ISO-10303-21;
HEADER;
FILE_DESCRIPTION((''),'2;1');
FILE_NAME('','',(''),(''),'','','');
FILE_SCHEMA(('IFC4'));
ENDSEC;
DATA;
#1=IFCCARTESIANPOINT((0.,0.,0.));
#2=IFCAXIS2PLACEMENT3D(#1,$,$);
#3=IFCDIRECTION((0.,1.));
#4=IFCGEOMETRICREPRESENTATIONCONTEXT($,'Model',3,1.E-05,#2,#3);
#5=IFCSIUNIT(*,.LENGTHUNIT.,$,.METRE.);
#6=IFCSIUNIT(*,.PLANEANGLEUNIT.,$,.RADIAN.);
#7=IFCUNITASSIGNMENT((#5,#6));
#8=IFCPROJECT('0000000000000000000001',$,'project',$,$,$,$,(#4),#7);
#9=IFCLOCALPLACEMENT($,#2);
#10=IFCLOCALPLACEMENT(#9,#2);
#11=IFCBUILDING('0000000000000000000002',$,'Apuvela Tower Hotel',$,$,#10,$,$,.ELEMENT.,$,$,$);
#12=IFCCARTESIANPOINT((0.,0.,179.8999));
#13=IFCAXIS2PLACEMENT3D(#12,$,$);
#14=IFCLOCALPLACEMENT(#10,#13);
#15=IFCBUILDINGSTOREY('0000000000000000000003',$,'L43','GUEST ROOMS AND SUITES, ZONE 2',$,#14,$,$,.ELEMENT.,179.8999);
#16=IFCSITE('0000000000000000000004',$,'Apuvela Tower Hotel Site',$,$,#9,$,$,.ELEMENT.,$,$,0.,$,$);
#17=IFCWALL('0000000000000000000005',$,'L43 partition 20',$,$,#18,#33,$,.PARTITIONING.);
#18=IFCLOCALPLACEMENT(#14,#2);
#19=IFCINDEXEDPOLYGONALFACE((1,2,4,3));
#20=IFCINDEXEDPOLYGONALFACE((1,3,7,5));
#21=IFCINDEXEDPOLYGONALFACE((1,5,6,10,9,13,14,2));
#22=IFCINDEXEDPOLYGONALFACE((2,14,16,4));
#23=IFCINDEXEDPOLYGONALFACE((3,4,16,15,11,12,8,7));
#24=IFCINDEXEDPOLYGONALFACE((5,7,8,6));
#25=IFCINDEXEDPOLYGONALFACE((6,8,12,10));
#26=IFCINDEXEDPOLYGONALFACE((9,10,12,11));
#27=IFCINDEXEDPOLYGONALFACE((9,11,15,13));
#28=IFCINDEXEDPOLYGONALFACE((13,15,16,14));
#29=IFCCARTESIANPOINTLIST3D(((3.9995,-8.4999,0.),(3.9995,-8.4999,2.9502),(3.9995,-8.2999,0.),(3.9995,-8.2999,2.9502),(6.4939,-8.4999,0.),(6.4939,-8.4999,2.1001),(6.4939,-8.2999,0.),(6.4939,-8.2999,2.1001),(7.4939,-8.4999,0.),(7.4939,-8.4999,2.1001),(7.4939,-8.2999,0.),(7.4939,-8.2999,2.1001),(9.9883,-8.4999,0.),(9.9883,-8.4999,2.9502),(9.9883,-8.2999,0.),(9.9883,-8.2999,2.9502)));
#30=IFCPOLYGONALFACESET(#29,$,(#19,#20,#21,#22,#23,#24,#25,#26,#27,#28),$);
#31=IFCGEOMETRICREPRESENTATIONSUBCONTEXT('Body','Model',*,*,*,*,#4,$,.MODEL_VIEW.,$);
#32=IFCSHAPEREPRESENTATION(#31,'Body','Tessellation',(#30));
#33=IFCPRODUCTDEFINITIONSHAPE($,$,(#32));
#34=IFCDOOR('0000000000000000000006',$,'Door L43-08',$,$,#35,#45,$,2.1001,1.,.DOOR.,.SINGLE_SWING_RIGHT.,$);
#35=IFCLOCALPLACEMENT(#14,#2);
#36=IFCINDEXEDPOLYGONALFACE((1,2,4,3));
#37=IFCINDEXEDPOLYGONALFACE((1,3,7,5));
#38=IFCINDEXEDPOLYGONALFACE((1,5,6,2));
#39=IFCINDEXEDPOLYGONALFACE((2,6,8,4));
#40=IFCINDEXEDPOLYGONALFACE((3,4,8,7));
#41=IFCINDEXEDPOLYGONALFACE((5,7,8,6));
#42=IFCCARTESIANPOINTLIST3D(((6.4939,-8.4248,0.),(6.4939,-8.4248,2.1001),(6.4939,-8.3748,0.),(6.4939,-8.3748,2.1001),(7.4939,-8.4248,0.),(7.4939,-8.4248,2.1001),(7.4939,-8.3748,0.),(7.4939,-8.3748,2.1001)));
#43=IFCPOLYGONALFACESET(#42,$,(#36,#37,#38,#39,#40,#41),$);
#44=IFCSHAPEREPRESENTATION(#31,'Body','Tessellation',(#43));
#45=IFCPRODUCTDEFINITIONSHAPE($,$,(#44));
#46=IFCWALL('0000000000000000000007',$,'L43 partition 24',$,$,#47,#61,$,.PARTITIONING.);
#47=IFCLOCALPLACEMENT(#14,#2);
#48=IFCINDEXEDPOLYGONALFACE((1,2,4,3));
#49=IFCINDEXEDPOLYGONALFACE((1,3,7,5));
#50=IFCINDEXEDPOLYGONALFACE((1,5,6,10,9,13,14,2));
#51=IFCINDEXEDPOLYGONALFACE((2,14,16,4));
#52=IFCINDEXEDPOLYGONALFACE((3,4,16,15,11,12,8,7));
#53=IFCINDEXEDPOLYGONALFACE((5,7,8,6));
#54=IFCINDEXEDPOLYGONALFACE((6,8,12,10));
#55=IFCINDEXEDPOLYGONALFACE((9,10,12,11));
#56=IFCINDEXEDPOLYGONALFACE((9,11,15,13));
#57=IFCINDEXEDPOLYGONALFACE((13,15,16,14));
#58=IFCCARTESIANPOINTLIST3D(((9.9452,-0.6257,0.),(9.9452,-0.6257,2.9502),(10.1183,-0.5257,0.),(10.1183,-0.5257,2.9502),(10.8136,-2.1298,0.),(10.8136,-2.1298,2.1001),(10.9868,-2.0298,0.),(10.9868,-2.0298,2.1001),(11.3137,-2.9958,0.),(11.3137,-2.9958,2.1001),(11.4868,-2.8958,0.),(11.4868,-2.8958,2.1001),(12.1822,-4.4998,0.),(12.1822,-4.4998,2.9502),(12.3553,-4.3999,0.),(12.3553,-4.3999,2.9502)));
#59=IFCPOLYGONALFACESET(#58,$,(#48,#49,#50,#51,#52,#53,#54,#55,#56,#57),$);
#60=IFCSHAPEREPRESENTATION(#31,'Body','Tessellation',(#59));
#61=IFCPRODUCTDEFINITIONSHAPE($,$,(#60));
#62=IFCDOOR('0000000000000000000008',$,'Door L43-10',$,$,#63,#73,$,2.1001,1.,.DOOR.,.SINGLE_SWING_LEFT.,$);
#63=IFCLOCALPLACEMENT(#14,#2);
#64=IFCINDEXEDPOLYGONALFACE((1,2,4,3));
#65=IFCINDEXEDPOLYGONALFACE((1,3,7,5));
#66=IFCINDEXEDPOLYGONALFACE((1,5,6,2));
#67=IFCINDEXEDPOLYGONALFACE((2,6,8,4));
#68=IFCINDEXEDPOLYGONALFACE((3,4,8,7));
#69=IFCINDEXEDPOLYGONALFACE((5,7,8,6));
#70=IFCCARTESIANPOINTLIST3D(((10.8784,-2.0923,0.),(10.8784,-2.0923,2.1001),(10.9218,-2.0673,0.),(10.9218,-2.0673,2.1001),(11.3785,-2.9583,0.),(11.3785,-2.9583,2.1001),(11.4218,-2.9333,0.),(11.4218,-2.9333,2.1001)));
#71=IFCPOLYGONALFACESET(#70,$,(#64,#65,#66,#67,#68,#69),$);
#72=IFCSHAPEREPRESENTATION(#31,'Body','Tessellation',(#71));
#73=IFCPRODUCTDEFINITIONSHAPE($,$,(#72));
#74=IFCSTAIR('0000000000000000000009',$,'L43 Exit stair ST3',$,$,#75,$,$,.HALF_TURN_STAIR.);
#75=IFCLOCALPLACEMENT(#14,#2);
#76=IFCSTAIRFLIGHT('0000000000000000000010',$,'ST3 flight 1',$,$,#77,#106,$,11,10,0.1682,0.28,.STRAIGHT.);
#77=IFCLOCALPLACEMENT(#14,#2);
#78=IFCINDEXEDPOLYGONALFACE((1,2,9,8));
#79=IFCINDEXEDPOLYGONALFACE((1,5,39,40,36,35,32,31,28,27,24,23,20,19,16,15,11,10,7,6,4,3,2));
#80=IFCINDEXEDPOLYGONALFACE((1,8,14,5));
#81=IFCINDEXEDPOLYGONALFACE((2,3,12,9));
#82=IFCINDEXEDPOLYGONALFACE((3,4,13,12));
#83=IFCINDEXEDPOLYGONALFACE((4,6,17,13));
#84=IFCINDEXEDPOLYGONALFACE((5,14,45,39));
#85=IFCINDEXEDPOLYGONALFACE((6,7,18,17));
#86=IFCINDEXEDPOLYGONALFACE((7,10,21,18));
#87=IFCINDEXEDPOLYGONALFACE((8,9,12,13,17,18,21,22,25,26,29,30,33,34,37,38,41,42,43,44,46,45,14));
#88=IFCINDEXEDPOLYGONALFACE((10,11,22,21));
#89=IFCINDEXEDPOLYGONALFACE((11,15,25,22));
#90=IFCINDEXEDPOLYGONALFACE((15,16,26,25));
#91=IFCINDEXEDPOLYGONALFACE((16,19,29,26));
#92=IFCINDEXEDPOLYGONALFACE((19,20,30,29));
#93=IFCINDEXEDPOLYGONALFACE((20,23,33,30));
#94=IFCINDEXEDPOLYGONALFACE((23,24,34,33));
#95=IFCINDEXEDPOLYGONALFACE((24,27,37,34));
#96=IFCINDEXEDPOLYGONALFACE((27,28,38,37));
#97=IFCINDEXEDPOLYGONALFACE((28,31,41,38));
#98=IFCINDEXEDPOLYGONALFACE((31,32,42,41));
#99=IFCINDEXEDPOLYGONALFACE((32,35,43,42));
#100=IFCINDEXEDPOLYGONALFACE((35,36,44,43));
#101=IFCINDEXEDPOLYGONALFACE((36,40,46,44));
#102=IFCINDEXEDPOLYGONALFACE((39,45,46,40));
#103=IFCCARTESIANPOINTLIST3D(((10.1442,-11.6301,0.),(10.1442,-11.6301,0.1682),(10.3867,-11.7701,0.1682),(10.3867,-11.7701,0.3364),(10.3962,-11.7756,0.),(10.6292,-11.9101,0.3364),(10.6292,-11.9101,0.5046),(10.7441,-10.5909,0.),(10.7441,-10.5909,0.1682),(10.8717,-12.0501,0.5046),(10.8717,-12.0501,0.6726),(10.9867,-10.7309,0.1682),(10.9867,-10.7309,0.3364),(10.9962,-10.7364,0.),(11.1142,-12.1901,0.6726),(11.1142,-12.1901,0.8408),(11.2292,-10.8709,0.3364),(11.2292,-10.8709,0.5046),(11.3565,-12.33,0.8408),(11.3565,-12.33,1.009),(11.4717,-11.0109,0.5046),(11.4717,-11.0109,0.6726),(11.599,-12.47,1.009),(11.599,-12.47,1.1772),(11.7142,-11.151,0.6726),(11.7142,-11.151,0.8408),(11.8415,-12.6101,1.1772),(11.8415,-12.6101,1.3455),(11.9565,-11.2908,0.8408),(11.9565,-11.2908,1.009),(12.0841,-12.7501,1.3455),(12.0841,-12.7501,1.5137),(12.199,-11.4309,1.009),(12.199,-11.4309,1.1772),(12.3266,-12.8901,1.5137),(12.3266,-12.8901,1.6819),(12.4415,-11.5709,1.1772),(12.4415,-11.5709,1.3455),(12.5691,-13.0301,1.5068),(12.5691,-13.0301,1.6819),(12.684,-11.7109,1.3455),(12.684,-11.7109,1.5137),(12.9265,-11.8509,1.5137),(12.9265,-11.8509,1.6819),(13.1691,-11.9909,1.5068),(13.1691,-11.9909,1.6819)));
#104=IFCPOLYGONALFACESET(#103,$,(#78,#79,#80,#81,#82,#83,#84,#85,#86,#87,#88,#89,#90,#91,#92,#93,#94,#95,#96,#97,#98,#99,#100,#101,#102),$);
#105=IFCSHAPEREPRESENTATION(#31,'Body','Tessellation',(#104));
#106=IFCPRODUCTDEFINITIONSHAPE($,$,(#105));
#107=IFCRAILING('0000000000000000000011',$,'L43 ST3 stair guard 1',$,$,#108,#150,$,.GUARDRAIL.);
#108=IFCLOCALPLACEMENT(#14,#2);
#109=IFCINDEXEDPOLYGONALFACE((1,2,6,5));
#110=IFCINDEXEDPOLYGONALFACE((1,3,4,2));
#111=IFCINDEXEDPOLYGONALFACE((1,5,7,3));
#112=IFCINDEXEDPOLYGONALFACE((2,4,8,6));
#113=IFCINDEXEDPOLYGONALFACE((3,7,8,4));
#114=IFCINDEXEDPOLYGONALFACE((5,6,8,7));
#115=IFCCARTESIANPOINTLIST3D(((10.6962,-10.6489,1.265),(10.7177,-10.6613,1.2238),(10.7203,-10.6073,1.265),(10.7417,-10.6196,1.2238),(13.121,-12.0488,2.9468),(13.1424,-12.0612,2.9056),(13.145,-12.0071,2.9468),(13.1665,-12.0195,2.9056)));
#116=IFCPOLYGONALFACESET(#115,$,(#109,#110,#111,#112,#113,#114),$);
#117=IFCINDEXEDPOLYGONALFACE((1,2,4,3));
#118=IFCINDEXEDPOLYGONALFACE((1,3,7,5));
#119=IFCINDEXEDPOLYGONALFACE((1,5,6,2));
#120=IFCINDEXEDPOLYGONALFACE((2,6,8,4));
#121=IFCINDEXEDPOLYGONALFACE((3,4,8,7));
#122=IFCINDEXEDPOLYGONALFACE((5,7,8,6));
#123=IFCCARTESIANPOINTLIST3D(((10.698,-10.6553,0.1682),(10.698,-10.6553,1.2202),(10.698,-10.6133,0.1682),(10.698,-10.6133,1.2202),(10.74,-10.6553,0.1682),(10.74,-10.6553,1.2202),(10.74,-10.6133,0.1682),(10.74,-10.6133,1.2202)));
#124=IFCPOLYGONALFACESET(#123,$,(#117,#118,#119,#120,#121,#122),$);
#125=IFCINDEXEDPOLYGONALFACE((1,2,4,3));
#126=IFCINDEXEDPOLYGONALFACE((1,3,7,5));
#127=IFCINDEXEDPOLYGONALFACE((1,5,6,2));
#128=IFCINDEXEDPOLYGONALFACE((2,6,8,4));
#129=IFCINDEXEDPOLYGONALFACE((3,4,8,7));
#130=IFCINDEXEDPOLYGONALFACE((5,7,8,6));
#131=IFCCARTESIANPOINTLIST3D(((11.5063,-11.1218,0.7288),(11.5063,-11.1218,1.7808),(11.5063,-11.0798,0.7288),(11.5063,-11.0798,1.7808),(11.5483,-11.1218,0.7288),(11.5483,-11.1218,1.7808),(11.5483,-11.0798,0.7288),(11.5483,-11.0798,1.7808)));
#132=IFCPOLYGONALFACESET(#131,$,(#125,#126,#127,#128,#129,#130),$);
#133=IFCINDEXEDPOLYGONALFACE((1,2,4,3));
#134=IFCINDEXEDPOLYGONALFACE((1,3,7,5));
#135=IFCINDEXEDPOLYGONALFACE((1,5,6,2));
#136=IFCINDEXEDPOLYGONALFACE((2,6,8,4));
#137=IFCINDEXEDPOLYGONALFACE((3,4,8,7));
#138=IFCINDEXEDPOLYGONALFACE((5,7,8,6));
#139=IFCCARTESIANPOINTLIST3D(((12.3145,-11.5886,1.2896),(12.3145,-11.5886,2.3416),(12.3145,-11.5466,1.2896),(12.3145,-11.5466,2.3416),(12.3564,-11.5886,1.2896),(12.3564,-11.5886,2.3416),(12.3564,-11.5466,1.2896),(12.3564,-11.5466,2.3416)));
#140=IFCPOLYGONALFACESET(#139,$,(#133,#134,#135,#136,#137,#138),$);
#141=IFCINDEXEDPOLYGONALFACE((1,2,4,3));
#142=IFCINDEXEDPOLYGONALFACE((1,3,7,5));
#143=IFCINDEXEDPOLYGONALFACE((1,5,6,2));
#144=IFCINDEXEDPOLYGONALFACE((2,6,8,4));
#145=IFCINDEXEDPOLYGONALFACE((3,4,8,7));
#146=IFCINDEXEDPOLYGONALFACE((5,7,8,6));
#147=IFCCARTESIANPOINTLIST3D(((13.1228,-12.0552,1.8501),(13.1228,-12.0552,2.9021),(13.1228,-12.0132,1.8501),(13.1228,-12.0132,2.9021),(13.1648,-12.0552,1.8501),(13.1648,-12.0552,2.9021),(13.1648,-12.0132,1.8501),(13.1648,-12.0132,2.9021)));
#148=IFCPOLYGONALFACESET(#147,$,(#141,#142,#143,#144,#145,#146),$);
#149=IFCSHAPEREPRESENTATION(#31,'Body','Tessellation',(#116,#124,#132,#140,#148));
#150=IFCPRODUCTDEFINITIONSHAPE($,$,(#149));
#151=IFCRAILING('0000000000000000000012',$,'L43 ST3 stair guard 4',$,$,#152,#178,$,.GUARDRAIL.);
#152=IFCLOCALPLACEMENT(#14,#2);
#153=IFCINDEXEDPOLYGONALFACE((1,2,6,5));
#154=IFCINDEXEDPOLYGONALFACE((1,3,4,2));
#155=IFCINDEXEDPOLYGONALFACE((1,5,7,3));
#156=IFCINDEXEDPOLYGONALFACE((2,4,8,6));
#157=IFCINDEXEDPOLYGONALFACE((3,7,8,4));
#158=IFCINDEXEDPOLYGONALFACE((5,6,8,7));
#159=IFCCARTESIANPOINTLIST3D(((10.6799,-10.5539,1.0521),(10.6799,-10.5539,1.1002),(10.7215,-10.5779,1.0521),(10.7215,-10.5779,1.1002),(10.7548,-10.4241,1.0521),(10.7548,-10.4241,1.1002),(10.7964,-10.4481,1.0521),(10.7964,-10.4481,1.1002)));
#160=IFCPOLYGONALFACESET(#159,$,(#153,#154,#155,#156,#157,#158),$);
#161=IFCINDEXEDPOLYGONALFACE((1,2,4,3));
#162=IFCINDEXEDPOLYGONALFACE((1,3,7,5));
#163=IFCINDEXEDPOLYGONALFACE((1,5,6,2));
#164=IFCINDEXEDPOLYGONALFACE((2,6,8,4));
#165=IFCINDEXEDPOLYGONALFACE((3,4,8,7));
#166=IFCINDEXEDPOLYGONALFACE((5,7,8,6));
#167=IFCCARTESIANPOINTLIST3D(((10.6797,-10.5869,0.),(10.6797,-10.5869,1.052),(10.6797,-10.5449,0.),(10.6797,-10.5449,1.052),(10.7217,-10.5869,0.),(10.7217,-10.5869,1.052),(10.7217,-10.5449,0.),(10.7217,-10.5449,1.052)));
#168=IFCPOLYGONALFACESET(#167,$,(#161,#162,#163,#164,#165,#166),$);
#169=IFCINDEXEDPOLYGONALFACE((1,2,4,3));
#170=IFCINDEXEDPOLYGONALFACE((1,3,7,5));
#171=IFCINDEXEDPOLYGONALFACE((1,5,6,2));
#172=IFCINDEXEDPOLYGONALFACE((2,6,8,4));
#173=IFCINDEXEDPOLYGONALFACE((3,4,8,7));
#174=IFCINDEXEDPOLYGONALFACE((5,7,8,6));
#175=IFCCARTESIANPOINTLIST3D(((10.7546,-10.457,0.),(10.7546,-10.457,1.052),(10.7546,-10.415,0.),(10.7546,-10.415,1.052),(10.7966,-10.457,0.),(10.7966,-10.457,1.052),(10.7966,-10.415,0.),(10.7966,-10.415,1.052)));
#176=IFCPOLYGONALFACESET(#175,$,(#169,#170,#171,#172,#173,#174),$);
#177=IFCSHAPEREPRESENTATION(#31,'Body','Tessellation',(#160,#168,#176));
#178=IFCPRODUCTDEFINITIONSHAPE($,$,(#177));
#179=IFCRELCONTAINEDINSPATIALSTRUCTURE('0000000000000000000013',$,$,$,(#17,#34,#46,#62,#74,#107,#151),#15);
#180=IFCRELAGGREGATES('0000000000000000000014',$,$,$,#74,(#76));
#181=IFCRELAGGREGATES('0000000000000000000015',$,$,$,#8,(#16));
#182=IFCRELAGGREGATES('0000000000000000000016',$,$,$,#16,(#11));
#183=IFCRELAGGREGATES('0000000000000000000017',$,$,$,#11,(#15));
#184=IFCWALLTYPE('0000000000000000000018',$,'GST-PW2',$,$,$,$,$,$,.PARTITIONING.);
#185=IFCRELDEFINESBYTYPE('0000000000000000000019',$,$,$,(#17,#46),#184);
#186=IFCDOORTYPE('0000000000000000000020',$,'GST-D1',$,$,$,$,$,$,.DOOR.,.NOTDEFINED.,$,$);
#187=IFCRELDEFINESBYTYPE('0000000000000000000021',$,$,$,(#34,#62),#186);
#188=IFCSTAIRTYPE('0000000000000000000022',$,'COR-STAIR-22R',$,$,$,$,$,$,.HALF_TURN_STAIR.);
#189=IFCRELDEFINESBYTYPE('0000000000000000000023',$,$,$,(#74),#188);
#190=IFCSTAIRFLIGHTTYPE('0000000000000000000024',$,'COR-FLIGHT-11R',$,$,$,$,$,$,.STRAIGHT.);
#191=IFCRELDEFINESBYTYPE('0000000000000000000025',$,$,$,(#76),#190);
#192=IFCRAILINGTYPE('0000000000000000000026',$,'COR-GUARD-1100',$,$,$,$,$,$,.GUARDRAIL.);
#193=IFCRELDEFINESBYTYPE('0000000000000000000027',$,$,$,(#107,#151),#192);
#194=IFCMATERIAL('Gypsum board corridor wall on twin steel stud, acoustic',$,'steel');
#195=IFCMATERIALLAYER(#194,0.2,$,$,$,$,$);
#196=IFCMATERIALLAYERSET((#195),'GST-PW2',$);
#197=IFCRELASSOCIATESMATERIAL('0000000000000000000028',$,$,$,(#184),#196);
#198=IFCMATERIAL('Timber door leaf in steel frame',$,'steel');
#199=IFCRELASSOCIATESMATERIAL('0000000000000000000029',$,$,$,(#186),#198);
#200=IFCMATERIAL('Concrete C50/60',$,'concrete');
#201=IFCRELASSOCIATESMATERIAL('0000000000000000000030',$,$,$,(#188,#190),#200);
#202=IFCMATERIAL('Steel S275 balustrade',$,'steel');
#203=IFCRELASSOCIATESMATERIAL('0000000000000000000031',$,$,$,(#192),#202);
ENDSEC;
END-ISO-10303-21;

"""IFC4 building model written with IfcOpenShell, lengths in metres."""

from ifc_helpers import new_model, si_unit, direction, frame, frame_2d, origin, origin_2d, place, context, subcontext, project, spatial, polyline, rectangle, outline, extrude, material, layer, layer_set, type_object, element, fill, aggregate, save


model = new_model("IFC4")

# Units and contexts
model_context = context("Model", 3, precision=1e-05, world=origin(), true_north=direction((0.0, 1.0)))
body_context = subcontext(model_context, "Body", "Model", "MODEL_VIEW")
ifc_project = project(units=[si_unit("LENGTHUNIT", "METRE"), si_unit("PLANEANGLEUNIT", "RADIAN")], contexts=[model_context])

# Site, building, storey
site_placement = place(None, origin())
site = spatial("IfcSite", under=ifc_project, at=site_placement, Name="Apuvela Tower Hotel Site", CompositionType="ELEMENT", RefElevation=0.0)
building_placement = place(site_placement, origin())
building = spatial("IfcBuilding", under=site, at=building_placement, Name="Apuvela Tower Hotel", CompositionType="ELEMENT")
storey_placement = place(building_placement, frame((0.0, 0.0, 179.8999)))
storey = spatial("IfcBuildingStorey", under=building, at=storey_placement, Name="L43", Description="GUEST ROOMS AND SUITES, ZONE 2", CompositionType="ELEMENT", Elevation=179.8999)

# Shared definitions
ifc_material_1 = material(Name="Concrete C50/60", Category="concrete")

# Walls, openings, doors
ifc_material_2 = material(Name="Gypsum board corridor wall on twin steel stud, acoustic", Category="steel")
ifc_layer_1 = layer(ifc_material_2, 0.2)
ifc_layer_set_1 = layer_set([ifc_layer_1], Name="GST-PW2")
wall_type_1 = type_object("IfcWallType", Name="GST-PW2", PredefinedType="PARTITIONING", material=ifc_layer_set_1)
ifc_material_3 = material(Name="Timber door leaf in steel frame", Category="steel")
door_type_1 = type_object("IfcDoorType", Name="GST-D1", OperationType="NOTDEFINED", PredefinedType="DOOR", material=ifc_material_3)
wall_1_placement = place(storey_placement, frame((9.9883, -8.3999, 0.0), z_axis=(0.0, 0.0, 1.0), x_axis=(-1.0, 0.0, 0.0)))
wall_1 = element("IfcWall", 1, at=wall_1_placement, inside=storey, type_object=wall_type_1, Name="L43 partition 20", PredefinedType="PARTITIONING", context=body_context, shape_type="SweptSolid", body=[
    extrude(rectangle(XDim=5.9888, YDim=0.2, at=frame_2d((2.9944, 0.0))), origin(), (0.0, 0.0, 1.0), 2.9502),
])
opening_1_placement = place(wall_1_placement, frame((2.4944, 0.0, 0.0)))
opening_1 = element("IfcOpeningElement", 2, at=opening_1_placement, cuts=wall_1, PredefinedType="OPENING", context=body_context, shape_type="SweptSolid", body=[
    extrude(rectangle(XDim=1.0, YDim=2.1001, at=frame_2d((0.5, 1.05))), frame((0.0, 0.1099, 0.0), z_axis=(0.0, -1.0, 0.0), x_axis=(1.0, 0.0, 0.0)), (0.0, 0.0, 1.0), 0.22),
])
door_1_placement = place(opening_1_placement, origin())
door_1 = element("IfcDoor", 3, at=door_1_placement, inside=storey, type_object=door_type_1, Name="Door L43-08", OperationType="SINGLE_SWING_RIGHT", OverallHeight=2.1001, OverallWidth=1.0, PredefinedType="DOOR", context=body_context, shape_type="SweptSolid", body=[
    extrude(rectangle(XDim=1.0, YDim=2.1001, at=frame_2d((0.5, 1.05))), frame((0.0, 0.0249, 0.0), z_axis=(0.0, -1.0, 0.0), x_axis=(1.0, 0.0, 0.0)), (0.0, 0.0, 1.0), 0.05),
])
fill(opening_1, door_1)
wall_2_placement = place(storey_placement, frame((10.0317, -0.5757, 0.0), z_axis=(0.0, 0.0, 1.0), x_axis=(0.500042, -0.866001, 0.0)))
wall_2 = element("IfcWall", 4, at=wall_2_placement, inside=storey, type_object=wall_type_1, Name="L43 partition 24", PredefinedType="PARTITIONING", context=body_context, shape_type="SweptSolid", body=[
    extrude(rectangle(XDim=4.4736, YDim=0.2, at=frame_2d((2.2368, 0.0))), origin(), (0.0, 0.0, 1.0), 2.9502),
])
opening_2_placement = place(wall_2_placement, frame((1.7368, 0.0, 0.0)))
opening_2 = element("IfcOpeningElement", 5, at=opening_2_placement, cuts=wall_2, PredefinedType="OPENING", context=body_context, shape_type="SweptSolid", body=[
    extrude(rectangle(XDim=1.0, YDim=2.1001, at=frame_2d((0.5, 1.05))), frame((0.0, 0.1099, 0.0), z_axis=(0.0, -1.0, 0.0), x_axis=(1.0, 0.0, 0.0)), (0.0, 0.0, 1.0), 0.22),
])
door_2_placement = place(opening_2_placement, origin())
door_2 = element("IfcDoor", 6, at=door_2_placement, inside=storey, type_object=door_type_1, Name="Door L43-10", OperationType="SINGLE_SWING_LEFT", OverallHeight=2.1001, OverallWidth=1.0, PredefinedType="DOOR", context=body_context, shape_type="SweptSolid", body=[
    extrude(rectangle(XDim=1.0, YDim=2.1001, at=frame_2d((0.5, 1.05))), frame((0.0, 0.0249, 0.0), z_axis=(0.0, -1.0, 0.0), x_axis=(1.0, 0.0, 0.0)), (0.0, 0.0, 1.0), 0.05),
])
fill(opening_2, door_2)

# Stair, stair flight
stair_type = type_object("IfcStairType", Name="COR-STAIR-22R", PredefinedType="HALF_TURN_STAIR", material=ifc_material_1)
stair_placement = place(storey_placement, origin())
stair = element("IfcStair", 7, at=stair_placement, inside=storey, type_object=stair_type, Name="L43 Exit stair ST3", PredefinedType="HALF_TURN_STAIR")
stair_flight_type = type_object("IfcStairFlightType", Name="COR-FLIGHT-11R", PredefinedType="STRAIGHT", material=ifc_material_1)
stair_flight_placement = place(storey_placement, frame((10.4441, -11.1106, 0.0), z_axis=(0.0, 0.0, 1.0), x_axis=(0.866025, -0.5, 0.0)))
stair_flight = element("IfcStairFlight", 8, at=stair_flight_placement, type_object=stair_flight_type, Name="ST3 flight 1", NumberOfRisers=11, NumberOfTreads=10, PredefinedType="STRAIGHT", RiserHeight=0.1682, TreadLength=0.28, context=body_context, shape_type="SweptSolid", body=[
    extrude(outline(polyline([(0.0, 0.0), (0.0, 0.1682), (0.28, 0.1682), (0.28, 0.3364), (0.5601, 0.3364), (0.5601, 0.5046), (0.8401, 0.5046), (0.8401, 0.6726), (1.1201, 0.6726), (1.1201, 0.8408), (1.3999, 0.8408), (1.3999, 1.009), (1.6799, 1.009), (1.6799, 1.1772), (1.96, 1.1772), (1.96, 1.3455), (2.24, 1.3455), (2.24, 1.5137), (2.52, 1.5137), (2.52, 1.6819), (2.8, 1.6819), (2.8, 1.8501), (2.8, 1.5068), (0.291, 0.0), (0.0, 0.0)])), frame((0.0, 0.6001, 0.0), z_axis=(0.0, -1.0, 0.0), x_axis=(1.0, 0.0, 0.0)), (0.0, 0.0, 1.0), 1.2),
])
aggregate(stair, [stair_flight])

# Railings
ifc_material_4 = material(Name="Steel S275 balustrade", Category="steel")
railing_type_1 = type_object("IfcRailingType", Name="COR-GUARD-1100", PredefinedType="GUARDRAIL", material=ifc_material_4)
railing_1_placement = place(storey_placement, frame((10.719, -10.6343, 0.1682)))
element("IfcRailing", 9, at=railing_1_placement, inside=storey, type_object=railing_type_1, Name="L43 ST3 stair guard 1", PredefinedType="GUARDRAIL", context=body_context, shape_type="SweptSolid", body=[
    extrude(rectangle(XDim=0.0481, YDim=0.0481, at=origin_2d()), frame((0.0, 0.0, 1.0762), z_axis=(0.74239, -0.428601, 0.514934), x_axis=(0.499984, 0.866035, 0.0)), (0.0, 0.0, 1.0), 3.2661),
    extrude(rectangle(XDim=0.042, YDim=0.042, at=origin_2d()), origin(), (0.0, 0.0, 1.0), 1.052),
    extrude(rectangle(XDim=0.042, YDim=0.042, at=origin_2d()), frame((0.8083, -0.4666, 0.5605)), (0.0, 0.0, 1.0), 1.052),
    extrude(rectangle(XDim=0.042, YDim=0.042, at=origin_2d()), frame((1.6165, -0.9333, 1.1213)), (0.0, 0.0, 1.0), 1.052),
    extrude(rectangle(XDim=0.042, YDim=0.042, at=origin_2d()), frame((2.4248, -1.3999, 1.6819)), (0.0, 0.0, 1.0), 1.052),
])
railing_2_placement = place(storey_placement, frame((10.7007, -10.5659, 0.0)))
element("IfcRailing", 10, at=railing_2_placement, inside=storey, type_object=railing_type_1, Name="L43 ST3 stair guard 4", PredefinedType="GUARDRAIL", context=body_context, shape_type="SweptSolid", body=[
    extrude(rectangle(XDim=0.0481, YDim=0.0481, at=origin_2d()), frame((0.0, 0.0, 1.0762), z_axis=(0.499816, 0.866131, 0.0), x_axis=(-0.866131, 0.499816, 0.0)), (0.0, 0.0, 1.0), 0.1499),
    extrude(rectangle(XDim=0.042, YDim=0.042, at=origin_2d()), origin(), (0.0, 0.0, 1.0), 1.052),
    extrude(rectangle(XDim=0.042, YDim=0.042, at=origin_2d()), frame((0.075, 0.1299, 0.0)), (0.0, 0.0, 1.0), 1.052),
])

save(model, "model.ifc")
